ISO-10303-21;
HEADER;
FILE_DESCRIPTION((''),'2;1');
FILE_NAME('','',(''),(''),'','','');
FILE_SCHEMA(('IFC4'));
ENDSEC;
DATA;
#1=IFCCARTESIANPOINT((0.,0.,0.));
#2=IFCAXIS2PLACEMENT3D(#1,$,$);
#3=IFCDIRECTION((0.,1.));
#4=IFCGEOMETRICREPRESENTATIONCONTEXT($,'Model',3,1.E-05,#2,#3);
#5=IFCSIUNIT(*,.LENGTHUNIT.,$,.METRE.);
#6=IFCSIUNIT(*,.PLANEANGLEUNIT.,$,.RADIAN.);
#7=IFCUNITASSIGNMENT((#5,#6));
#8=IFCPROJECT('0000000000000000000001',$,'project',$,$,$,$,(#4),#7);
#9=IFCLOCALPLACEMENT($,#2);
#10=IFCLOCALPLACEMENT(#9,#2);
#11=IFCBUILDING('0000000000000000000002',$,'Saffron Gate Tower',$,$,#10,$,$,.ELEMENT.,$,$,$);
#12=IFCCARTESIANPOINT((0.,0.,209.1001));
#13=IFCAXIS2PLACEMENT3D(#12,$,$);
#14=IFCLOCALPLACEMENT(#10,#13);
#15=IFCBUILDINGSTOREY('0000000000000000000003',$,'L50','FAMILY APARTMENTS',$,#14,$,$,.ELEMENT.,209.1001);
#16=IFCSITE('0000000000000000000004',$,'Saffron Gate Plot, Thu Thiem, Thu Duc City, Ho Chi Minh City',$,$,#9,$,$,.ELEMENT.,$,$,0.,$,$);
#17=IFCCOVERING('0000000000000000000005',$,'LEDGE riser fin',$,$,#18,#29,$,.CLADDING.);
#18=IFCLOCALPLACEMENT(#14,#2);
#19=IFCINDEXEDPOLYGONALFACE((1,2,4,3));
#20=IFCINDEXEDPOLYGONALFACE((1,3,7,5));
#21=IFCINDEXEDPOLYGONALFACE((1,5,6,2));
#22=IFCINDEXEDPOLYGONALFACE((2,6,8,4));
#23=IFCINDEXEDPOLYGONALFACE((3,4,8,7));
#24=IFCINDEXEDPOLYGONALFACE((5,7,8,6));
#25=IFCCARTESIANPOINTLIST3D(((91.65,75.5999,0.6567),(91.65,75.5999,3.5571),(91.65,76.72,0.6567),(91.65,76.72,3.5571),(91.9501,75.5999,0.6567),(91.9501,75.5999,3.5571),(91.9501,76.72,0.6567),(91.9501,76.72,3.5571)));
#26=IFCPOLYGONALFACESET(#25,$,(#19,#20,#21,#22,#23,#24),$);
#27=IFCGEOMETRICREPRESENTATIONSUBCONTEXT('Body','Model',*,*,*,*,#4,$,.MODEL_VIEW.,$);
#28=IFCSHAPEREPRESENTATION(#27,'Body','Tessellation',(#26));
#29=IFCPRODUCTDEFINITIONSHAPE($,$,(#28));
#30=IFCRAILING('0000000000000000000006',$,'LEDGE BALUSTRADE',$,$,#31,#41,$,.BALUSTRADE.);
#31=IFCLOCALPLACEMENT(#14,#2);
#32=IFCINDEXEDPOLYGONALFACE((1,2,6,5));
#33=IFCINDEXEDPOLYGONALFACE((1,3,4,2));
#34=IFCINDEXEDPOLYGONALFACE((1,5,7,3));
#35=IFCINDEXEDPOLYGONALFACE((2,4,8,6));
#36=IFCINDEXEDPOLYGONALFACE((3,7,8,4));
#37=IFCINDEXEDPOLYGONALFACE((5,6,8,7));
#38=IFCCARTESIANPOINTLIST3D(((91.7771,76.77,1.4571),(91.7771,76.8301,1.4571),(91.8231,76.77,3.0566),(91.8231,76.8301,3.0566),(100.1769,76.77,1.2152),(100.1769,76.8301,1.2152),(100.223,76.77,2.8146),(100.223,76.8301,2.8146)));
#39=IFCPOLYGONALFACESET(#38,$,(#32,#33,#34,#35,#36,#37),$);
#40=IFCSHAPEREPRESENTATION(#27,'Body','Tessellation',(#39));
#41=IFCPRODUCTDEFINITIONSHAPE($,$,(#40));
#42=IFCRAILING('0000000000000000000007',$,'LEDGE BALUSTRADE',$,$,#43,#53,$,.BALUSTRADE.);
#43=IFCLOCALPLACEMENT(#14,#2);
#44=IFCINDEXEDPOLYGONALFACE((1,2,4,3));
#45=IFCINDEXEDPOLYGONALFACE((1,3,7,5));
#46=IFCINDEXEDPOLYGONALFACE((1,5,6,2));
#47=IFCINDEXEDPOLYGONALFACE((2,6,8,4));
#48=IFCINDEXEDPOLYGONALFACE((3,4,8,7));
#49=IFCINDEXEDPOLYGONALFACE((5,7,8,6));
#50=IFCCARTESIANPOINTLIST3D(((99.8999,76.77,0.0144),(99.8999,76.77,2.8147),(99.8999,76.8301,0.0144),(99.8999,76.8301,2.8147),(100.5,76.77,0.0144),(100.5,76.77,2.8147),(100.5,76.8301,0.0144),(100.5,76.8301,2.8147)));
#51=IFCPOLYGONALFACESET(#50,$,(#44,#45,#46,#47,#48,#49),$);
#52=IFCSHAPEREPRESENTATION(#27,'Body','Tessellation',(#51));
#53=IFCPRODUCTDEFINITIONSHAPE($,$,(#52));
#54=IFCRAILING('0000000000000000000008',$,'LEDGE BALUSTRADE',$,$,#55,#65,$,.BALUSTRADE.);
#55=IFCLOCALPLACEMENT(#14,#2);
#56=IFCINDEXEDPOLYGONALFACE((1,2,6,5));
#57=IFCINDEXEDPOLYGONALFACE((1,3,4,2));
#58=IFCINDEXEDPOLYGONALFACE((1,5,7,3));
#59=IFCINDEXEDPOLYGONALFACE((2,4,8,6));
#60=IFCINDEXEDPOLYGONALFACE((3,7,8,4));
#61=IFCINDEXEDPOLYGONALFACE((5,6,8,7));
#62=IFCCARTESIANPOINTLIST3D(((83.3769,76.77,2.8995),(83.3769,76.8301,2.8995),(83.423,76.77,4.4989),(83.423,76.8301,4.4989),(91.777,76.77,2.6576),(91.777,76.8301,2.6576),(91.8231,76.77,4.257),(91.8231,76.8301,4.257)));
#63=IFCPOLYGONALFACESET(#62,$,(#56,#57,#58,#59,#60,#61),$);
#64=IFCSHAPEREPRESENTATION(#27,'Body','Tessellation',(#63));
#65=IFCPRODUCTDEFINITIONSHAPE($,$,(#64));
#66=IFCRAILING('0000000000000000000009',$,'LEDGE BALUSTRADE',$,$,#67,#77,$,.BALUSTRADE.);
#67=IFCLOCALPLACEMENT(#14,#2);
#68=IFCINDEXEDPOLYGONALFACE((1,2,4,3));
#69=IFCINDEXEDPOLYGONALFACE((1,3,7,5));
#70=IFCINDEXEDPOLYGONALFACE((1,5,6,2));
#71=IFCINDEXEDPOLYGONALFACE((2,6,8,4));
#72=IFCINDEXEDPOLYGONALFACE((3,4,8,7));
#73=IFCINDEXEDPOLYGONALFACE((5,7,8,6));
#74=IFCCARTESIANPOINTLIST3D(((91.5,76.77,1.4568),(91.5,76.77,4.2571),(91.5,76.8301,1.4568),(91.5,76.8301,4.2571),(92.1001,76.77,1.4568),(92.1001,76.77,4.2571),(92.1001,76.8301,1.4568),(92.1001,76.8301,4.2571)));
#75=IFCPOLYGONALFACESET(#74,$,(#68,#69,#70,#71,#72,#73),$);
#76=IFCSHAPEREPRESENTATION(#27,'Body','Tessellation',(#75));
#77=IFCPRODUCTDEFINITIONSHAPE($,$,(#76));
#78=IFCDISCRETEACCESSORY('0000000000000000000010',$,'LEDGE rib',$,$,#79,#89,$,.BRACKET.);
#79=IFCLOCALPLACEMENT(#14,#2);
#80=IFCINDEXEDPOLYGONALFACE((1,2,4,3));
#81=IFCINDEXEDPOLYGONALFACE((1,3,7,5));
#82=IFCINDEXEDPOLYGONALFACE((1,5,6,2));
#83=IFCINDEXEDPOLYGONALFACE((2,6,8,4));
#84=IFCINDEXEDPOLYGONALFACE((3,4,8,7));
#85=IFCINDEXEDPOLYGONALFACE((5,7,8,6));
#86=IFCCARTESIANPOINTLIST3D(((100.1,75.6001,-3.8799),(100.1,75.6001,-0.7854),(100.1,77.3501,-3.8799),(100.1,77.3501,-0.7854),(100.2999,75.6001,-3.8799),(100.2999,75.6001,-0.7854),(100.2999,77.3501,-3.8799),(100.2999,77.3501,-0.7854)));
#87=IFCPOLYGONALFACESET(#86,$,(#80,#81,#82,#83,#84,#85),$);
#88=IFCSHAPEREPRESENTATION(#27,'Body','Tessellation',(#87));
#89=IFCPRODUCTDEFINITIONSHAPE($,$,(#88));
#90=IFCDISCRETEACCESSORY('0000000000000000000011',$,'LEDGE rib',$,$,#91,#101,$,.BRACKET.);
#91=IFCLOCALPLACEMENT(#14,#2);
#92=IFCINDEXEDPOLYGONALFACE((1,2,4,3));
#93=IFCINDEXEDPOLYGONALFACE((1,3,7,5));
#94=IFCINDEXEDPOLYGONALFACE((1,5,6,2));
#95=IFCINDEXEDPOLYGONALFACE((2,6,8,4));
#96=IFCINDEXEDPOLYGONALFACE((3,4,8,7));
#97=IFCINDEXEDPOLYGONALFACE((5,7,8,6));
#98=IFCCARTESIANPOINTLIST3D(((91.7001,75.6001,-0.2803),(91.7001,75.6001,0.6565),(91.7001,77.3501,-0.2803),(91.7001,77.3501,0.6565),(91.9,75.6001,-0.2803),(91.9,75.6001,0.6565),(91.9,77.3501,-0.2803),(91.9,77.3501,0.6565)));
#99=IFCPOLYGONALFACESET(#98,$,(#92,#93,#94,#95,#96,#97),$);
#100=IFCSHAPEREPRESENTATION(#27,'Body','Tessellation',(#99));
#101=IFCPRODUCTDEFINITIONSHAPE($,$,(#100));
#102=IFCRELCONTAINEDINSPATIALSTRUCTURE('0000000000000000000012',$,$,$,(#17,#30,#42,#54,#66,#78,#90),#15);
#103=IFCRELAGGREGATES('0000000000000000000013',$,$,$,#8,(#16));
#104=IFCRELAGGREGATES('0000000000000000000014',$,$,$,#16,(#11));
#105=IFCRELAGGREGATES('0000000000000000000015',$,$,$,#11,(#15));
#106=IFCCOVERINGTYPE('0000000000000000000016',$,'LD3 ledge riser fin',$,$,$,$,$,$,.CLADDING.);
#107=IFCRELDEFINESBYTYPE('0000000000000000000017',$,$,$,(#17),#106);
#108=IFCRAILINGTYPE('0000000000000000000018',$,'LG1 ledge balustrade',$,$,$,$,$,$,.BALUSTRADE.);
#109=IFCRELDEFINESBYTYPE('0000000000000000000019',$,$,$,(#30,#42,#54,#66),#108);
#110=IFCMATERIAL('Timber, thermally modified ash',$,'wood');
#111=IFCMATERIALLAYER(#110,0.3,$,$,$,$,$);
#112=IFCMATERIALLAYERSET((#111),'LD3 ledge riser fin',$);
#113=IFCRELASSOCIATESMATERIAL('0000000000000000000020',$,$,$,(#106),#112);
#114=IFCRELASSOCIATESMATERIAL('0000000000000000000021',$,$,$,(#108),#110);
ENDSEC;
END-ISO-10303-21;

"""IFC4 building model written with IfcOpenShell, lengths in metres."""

from ifc_helpers import new_model, si_unit, direction, frame, origin, origin_2d, place, context, subcontext, project, spatial, rectangle, extrude, material, layer, layer_set, type_object, element, save


model = new_model("IFC4")

# Units and contexts
model_context = context("Model", 3, precision=1e-05, world=origin(), true_north=direction((0.0, 1.0)))
body_context = subcontext(model_context, "Body", "Model", "MODEL_VIEW")
ifc_project = project(units=[si_unit("LENGTHUNIT", "METRE"), si_unit("PLANEANGLEUNIT", "RADIAN")], contexts=[model_context])

# Site, building, storey
site_placement = place(None, origin())
site = spatial("IfcSite", under=ifc_project, at=site_placement, Name="Saffron Gate Plot, Thu Thiem, Thu Duc City, Ho Chi Minh City", CompositionType="ELEMENT", RefElevation=0.0)
building_placement = place(site_placement, origin())
building = spatial("IfcBuilding", under=site, at=building_placement, Name="Saffron Gate Tower", CompositionType="ELEMENT")
storey_placement = place(building_placement, frame((0.0, 0.0, 209.1001)))
storey = spatial("IfcBuildingStorey", under=building, at=storey_placement, Name="L50", Description="FAMILY APARTMENTS", CompositionType="ELEMENT", Elevation=209.1001)

# Covering
ifc_material_1 = material(Name="Timber, thermally modified ash", Category="wood")
ifc_layer_1 = layer(ifc_material_1, 0.3)
ifc_layer_set_1 = layer_set([ifc_layer_1], Name="LD3 ledge riser fin")
covering_type_1 = type_object("IfcCoveringType", Name="LD3 ledge riser fin", PredefinedType="CLADDING", material=ifc_layer_set_1)
for number, where, z_axis, x_axis, name in (
    (1, (91.8, 76.1599, 0.6567), (0.0, 0.0, 1.0), (-1.0, 0.0, 0.0), "LEDGE riser fin"),
):
    element("IfcCovering", number, at=place(storey_placement, frame(where, z_axis=z_axis, x_axis=x_axis)), inside=storey, type_object=covering_type_1, Name=name, PredefinedType="CLADDING", context=body_context, shape_type="SweptSolid", body=[
        extrude(rectangle(XDim=0.3, YDim=1.1201, at=origin_2d()), origin(), (0.0, 0.0, 1.0), 2.9004),
    ])

# Railings
railing_type = type_object("IfcRailingType", Name="LG1 ledge balustrade", PredefinedType="BALUSTRADE", material=ifc_material_1)
railing_1_placement = place(storey_placement, frame((100.2, 76.8, 1.2148)))
element("IfcRailing", 2, at=railing_1_placement, inside=storey, type_object=railing_type, Name="LEDGE BALUSTRADE", PredefinedType="BALUSTRADE", context=body_context, shape_type="SweptSolid", body=[
    extrude(rectangle(XDim=0.0601, YDim=1.6001, at=origin_2d()), frame((0.0, 0.0, 0.8), z_axis=(-0.999585, 0.0, 0.028791), x_axis=(0.0, -1.0, 0.0)), (0.0, 0.0, 1.0), 8.4033),
])
railing_2_placement = place(storey_placement, frame((100.5, 76.8, 0.0144)))
element("IfcRailing", 3, at=railing_2_placement, inside=storey, type_object=railing_type, Name="LEDGE BALUSTRADE", PredefinedType="BALUSTRADE", context=body_context, shape_type="SweptSolid", body=[
    extrude(rectangle(XDim=0.0601, YDim=2.8003, at=origin_2d()), frame((0.0, 0.0, 1.4001), z_axis=(-1.0, 0.0, 0.0), x_axis=(0.0, -1.0, 0.0)), (0.0, 0.0, 1.0), 0.6001),
])
railing_3_placement = place(storey_placement, frame((91.8, 76.8, 2.6572)))
element("IfcRailing", 4, at=railing_3_placement, inside=storey, type_object=railing_type, Name="LEDGE BALUSTRADE", PredefinedType="BALUSTRADE", context=body_context, shape_type="SweptSolid", body=[
    extrude(rectangle(XDim=0.0601, YDim=1.6001, at=origin_2d()), frame((0.0, 0.0, 0.8), z_axis=(-0.999585, 0.0, 0.02879), x_axis=(0.0, -1.0, 0.0)), (0.0, 0.0, 1.0), 8.4036),
])
railing_4_placement = place(storey_placement, frame((92.1001, 76.8, 1.4568)))
element("IfcRailing", 5, at=railing_4_placement, inside=storey, type_object=railing_type, Name="LEDGE BALUSTRADE", PredefinedType="BALUSTRADE", context=body_context, shape_type="SweptSolid", body=[
    extrude(rectangle(XDim=0.0601, YDim=2.8003, at=origin_2d()), frame((0.0, 0.0, 1.4001), z_axis=(-1.0, 0.0, 0.0), x_axis=(0.0, -1.0, 0.0)), (0.0, 0.0, 1.0), 0.6001),
])

# Discrete accessories
discrete_accessory_1_placement = place(storey_placement, frame((100.2, 76.4751, -3.8799), z_axis=(0.0, 0.0, 1.0), x_axis=(-1.0, 0.0, 0.0)))
element("IfcDiscreteAccessory", 6, at=discrete_accessory_1_placement, inside=storey, Name="LEDGE rib", PredefinedType="BRACKET", context=body_context, shape_type="SweptSolid", body=[
    extrude(rectangle(XDim=0.2, YDim=1.75, at=origin_2d()), origin(), (0.0, 0.0, 1.0), 3.0945),
])
discrete_accessory_2_placement = place(storey_placement, frame((91.8, 76.4751, -0.2803), z_axis=(0.0, 0.0, 1.0), x_axis=(-1.0, 0.0, 0.0)))
element("IfcDiscreteAccessory", 7, at=discrete_accessory_2_placement, inside=storey, Name="LEDGE rib", PredefinedType="BRACKET", context=body_context, shape_type="SweptSolid", body=[
    extrude(rectangle(XDim=0.2, YDim=1.75, at=origin_2d()), origin(), (0.0, 0.0, 1.0), 0.9368),
])

save(model, "model.ifc")
